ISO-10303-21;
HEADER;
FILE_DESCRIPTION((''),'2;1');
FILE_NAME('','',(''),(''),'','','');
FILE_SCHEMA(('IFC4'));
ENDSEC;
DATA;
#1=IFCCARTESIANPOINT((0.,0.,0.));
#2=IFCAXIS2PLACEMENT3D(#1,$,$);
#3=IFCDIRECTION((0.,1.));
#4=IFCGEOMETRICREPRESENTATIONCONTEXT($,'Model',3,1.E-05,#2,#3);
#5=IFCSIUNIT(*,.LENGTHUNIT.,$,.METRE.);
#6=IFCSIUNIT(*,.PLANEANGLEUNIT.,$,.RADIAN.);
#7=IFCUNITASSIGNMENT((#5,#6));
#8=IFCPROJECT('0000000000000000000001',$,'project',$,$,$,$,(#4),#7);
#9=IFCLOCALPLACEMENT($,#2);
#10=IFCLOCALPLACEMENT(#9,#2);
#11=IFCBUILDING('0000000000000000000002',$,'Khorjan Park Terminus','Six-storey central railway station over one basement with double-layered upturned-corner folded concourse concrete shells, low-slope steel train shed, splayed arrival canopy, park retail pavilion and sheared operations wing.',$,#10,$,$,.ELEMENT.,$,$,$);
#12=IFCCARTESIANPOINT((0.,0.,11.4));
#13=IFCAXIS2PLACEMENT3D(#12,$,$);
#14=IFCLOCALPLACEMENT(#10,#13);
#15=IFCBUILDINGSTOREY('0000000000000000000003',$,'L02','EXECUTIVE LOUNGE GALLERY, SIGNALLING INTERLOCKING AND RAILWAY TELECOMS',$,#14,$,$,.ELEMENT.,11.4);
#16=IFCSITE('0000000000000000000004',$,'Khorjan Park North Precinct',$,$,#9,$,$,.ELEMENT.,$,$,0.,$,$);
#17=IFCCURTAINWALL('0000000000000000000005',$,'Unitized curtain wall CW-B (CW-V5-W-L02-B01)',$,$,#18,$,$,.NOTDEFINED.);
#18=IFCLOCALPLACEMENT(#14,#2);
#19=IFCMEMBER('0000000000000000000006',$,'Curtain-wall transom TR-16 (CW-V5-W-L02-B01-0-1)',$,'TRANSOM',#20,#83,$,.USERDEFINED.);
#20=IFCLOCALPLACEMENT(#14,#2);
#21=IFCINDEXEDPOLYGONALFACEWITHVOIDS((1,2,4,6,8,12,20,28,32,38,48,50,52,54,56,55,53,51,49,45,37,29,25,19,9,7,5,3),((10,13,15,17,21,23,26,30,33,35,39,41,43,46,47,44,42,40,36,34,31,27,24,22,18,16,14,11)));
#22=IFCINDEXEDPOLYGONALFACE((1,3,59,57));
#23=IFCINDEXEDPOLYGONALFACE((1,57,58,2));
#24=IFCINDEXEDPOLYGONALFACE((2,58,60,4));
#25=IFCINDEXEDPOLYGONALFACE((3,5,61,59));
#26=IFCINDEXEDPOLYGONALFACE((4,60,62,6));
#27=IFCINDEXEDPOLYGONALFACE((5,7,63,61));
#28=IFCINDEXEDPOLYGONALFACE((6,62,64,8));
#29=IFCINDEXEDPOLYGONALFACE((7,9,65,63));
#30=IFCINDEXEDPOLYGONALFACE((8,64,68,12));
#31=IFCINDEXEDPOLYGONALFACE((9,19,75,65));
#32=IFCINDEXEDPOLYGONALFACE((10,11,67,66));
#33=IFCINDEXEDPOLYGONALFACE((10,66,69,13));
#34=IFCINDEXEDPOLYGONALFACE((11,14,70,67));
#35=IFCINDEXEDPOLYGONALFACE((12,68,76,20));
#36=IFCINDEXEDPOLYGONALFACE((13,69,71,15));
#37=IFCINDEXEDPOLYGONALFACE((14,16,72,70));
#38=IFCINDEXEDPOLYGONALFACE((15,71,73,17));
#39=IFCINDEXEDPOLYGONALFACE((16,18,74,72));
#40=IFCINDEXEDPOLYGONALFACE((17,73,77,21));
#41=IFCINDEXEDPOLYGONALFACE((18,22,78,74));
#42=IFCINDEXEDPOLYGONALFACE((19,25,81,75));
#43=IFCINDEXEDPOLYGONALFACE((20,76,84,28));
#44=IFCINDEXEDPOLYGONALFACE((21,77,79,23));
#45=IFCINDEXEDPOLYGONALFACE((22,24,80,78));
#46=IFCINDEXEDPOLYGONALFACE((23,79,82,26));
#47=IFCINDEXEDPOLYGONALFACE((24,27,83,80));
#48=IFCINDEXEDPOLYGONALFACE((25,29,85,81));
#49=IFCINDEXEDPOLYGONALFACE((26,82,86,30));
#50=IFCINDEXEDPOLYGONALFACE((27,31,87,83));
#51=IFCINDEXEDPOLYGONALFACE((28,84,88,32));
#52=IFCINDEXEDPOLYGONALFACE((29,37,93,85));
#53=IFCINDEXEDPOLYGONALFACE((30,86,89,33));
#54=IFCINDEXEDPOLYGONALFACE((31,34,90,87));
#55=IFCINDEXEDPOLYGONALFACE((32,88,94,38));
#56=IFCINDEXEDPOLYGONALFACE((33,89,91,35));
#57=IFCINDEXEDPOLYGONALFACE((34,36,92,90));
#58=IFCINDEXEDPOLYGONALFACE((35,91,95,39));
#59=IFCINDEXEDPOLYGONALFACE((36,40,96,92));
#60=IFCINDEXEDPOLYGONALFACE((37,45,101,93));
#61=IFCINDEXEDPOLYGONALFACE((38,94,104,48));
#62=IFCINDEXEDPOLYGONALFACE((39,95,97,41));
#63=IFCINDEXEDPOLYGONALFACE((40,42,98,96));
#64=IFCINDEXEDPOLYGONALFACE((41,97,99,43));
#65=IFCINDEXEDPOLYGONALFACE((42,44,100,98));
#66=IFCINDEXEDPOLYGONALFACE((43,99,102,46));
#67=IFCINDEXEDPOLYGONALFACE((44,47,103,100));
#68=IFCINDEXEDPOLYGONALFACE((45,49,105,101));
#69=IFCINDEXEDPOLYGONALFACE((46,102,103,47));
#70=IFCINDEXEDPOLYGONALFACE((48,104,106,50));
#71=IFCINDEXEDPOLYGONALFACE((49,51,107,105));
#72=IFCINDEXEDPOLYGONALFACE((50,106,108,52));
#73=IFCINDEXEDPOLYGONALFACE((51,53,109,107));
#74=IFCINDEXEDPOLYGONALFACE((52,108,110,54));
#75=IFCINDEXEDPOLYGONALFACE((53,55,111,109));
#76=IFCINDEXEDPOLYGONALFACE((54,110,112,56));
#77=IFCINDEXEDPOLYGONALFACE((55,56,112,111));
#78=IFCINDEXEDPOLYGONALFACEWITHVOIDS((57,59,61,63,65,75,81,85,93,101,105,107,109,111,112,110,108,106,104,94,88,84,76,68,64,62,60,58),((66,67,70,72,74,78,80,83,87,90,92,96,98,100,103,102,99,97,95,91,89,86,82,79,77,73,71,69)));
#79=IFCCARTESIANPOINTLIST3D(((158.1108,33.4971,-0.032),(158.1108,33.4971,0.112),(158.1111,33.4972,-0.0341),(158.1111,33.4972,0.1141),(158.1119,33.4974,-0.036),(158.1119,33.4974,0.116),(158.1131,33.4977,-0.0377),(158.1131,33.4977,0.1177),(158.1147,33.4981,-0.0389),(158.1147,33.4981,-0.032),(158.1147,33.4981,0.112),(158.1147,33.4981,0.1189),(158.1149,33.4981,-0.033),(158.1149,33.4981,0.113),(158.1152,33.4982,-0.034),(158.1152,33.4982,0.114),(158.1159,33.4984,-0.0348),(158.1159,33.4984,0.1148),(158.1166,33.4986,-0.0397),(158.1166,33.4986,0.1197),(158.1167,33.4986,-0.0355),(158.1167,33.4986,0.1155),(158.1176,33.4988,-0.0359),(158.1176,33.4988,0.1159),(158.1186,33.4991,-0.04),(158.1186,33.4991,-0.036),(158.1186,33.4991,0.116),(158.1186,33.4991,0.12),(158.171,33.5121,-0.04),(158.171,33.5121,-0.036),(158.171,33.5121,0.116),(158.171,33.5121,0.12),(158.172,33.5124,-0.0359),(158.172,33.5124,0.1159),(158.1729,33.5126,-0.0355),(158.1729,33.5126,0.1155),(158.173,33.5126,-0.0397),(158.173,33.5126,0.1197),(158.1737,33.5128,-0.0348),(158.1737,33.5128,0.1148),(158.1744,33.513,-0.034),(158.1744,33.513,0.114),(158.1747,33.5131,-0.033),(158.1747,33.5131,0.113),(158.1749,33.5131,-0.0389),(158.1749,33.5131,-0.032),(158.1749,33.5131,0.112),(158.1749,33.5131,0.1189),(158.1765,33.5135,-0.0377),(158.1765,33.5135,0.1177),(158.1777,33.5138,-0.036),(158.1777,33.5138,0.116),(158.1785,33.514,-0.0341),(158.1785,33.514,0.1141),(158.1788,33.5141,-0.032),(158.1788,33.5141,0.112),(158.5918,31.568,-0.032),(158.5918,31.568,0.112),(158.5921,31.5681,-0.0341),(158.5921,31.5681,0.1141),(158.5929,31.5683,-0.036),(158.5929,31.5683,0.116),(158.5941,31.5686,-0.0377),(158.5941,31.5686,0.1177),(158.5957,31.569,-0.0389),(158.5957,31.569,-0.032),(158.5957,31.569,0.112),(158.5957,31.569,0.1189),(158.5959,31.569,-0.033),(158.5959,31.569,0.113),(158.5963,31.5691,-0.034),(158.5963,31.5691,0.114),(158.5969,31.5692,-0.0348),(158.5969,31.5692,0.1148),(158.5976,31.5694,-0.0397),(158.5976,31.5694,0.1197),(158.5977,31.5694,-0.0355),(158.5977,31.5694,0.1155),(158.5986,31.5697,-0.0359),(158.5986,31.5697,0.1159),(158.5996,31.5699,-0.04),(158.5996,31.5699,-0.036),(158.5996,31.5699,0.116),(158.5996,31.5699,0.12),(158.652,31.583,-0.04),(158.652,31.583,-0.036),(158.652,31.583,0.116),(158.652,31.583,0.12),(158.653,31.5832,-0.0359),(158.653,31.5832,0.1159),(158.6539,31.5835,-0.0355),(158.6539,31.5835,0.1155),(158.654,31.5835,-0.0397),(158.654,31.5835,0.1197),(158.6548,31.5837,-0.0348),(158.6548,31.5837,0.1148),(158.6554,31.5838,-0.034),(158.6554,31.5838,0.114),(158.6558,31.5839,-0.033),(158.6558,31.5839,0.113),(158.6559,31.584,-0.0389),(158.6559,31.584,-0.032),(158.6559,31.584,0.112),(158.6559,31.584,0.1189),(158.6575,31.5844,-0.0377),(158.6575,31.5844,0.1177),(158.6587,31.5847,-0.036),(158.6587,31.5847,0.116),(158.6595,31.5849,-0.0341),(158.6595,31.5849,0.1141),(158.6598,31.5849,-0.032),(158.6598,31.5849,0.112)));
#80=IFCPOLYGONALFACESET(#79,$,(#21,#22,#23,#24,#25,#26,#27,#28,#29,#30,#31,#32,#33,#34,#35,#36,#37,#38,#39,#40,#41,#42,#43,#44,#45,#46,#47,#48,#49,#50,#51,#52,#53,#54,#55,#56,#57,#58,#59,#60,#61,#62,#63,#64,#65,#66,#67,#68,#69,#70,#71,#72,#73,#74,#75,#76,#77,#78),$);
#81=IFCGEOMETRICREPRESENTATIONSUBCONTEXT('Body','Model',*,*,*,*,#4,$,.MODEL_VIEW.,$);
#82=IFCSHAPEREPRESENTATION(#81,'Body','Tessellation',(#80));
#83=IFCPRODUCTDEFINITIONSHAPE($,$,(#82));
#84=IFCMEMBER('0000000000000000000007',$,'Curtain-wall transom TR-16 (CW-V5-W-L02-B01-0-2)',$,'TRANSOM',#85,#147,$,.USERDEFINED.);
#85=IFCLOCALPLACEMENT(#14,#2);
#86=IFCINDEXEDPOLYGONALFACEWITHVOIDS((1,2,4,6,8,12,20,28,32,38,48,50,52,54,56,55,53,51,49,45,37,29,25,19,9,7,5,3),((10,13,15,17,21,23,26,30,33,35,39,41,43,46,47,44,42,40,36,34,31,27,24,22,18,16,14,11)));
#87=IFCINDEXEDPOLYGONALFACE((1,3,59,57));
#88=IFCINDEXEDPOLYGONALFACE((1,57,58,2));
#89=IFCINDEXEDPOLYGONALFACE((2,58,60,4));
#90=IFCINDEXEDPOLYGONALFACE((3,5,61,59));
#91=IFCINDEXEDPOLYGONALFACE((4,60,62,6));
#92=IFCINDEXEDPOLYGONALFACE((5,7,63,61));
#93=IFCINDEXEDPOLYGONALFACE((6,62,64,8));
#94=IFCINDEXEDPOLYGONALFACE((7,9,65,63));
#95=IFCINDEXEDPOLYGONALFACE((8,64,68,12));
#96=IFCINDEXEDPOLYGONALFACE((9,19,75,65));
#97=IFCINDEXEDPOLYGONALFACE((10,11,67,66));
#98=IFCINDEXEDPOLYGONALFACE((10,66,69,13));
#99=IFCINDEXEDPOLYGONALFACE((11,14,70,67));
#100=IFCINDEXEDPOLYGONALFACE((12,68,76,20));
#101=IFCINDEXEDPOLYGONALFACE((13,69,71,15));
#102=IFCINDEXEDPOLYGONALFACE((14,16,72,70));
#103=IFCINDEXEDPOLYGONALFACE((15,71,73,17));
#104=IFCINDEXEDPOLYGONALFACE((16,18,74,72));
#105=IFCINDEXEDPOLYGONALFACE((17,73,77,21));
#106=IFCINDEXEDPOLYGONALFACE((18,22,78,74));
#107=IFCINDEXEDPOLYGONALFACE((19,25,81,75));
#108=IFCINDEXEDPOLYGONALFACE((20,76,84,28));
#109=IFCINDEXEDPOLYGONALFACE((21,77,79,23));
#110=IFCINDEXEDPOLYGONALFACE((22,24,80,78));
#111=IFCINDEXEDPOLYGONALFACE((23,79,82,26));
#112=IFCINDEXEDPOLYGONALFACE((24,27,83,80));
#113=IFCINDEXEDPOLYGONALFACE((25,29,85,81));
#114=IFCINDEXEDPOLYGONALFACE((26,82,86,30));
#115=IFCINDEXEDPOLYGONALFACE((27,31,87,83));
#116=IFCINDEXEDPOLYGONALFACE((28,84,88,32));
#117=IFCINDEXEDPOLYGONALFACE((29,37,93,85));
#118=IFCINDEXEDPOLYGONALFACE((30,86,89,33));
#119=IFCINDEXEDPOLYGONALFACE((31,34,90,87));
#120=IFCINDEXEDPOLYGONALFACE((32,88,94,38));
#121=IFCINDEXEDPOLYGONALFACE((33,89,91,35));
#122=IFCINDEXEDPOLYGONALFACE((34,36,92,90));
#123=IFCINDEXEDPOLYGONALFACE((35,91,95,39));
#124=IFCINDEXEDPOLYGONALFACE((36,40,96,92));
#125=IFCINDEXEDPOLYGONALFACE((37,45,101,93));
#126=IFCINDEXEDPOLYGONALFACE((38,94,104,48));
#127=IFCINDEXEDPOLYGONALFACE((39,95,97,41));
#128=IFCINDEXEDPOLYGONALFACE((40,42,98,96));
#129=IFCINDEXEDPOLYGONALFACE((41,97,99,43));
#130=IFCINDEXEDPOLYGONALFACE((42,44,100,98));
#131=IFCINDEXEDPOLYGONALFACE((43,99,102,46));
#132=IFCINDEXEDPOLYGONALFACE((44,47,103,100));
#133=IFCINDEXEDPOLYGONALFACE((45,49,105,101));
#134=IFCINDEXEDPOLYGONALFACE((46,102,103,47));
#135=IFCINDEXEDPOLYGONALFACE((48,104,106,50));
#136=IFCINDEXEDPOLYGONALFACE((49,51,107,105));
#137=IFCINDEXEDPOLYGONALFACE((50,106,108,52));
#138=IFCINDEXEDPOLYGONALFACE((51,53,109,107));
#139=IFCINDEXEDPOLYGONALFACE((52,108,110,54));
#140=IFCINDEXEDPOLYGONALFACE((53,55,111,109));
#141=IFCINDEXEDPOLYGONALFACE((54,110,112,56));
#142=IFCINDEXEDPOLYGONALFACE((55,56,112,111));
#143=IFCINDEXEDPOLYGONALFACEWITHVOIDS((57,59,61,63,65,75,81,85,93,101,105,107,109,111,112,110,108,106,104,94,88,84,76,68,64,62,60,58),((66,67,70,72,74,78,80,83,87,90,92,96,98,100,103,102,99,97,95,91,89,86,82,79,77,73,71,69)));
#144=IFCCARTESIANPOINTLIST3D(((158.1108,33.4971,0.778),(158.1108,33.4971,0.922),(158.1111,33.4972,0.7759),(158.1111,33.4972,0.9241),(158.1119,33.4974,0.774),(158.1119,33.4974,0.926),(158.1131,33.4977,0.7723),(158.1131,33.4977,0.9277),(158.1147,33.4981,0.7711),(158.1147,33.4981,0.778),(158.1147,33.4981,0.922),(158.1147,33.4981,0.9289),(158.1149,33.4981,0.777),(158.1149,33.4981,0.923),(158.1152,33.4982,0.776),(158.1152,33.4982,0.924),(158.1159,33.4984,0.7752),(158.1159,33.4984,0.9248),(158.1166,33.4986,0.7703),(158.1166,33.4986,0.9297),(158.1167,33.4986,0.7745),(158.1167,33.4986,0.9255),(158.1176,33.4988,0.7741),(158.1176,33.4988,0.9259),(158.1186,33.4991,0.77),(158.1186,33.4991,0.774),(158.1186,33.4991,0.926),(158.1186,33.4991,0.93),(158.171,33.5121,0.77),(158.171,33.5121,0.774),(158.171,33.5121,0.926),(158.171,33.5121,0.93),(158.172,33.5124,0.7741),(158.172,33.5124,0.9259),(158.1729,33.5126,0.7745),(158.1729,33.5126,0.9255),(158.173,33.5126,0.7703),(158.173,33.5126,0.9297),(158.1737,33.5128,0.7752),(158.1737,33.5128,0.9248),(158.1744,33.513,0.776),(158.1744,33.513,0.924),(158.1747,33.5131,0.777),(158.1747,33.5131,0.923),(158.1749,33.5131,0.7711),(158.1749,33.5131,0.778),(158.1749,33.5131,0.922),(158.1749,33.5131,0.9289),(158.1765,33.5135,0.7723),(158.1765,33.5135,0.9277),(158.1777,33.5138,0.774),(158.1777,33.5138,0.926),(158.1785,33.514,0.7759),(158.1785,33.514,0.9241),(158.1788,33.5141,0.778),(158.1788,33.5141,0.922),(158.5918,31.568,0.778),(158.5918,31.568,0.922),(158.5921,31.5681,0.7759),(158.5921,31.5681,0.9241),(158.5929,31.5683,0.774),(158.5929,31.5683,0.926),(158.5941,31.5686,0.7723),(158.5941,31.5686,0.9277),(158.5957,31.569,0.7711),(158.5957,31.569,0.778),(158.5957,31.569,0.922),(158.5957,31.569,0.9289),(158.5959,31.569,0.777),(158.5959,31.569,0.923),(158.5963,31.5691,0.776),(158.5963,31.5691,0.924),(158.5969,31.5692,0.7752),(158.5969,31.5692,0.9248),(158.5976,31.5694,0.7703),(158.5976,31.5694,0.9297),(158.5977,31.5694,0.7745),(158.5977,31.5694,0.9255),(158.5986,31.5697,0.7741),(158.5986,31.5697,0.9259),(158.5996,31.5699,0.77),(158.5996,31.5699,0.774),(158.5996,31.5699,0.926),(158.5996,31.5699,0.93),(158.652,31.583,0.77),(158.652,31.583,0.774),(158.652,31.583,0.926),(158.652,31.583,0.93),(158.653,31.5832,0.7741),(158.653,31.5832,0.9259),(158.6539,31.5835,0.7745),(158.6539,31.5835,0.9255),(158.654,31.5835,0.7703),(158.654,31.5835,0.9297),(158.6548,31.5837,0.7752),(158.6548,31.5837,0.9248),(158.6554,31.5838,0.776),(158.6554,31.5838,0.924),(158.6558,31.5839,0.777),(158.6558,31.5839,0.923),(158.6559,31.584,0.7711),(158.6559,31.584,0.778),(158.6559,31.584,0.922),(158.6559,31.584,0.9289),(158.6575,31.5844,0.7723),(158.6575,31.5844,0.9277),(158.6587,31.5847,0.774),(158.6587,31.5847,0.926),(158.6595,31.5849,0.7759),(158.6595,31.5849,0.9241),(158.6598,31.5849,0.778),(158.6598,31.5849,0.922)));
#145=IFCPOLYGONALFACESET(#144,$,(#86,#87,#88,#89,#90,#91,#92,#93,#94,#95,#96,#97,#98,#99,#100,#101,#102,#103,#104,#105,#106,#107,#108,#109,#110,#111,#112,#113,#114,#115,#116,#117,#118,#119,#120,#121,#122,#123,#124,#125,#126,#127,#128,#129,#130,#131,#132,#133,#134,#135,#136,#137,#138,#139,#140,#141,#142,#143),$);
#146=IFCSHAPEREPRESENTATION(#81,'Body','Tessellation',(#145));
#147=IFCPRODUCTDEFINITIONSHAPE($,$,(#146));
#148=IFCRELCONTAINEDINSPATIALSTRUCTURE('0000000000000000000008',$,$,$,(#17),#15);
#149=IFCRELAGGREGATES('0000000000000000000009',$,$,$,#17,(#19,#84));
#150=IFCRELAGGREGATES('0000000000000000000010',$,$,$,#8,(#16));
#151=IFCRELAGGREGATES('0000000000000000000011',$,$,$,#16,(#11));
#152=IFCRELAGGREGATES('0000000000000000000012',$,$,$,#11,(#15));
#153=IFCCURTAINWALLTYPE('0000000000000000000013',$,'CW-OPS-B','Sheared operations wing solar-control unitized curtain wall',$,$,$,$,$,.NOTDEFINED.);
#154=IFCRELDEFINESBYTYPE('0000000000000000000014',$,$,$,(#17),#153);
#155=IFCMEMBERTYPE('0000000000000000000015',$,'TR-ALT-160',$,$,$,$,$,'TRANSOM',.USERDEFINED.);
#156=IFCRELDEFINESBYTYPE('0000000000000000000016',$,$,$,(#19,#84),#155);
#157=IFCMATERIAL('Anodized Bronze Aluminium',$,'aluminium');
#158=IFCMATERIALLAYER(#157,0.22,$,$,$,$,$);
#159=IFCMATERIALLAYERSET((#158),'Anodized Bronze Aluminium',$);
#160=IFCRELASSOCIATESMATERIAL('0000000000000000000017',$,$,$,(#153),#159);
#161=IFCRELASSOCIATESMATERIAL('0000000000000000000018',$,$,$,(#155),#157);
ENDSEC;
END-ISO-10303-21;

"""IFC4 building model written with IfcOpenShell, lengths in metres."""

from ifc_helpers import new_model, si_unit, direction, frame, origin, origin_2d, place, context, subcontext, project, spatial, hollow_rectangle, extrude, material, layer, layer_set, material_profile, profile_set, type_object, element, aggregate, save


model = new_model("IFC4")

# Units and contexts
model_context = context("Model", 3, precision=1e-05, world=origin(), true_north=direction((0.0, 1.0)))
body_context = subcontext(model_context, "Body", "Model", "MODEL_VIEW")
ifc_project = project(units=[si_unit("LENGTHUNIT", "METRE"), si_unit("PLANEANGLEUNIT", "RADIAN")], contexts=[model_context])

# Site, building, storey
site_placement = place(None, origin())
site = spatial("IfcSite", under=ifc_project, at=site_placement, Name="Khorjan Park North Precinct", CompositionType="ELEMENT", RefElevation=0.0)
building_placement = place(site_placement, origin())
building = spatial("IfcBuilding", under=site, at=building_placement, Name="Khorjan Park Terminus", Description="Six-storey central railway station over one basement with double-layered upturned-corner folded concourse concrete shells, low-slope steel train shed, splayed arrival canopy, park retail pavilion and sheared operations wing.", CompositionType="ELEMENT")
storey_placement = place(building_placement, frame((0.0, 0.0, 11.4)))
storey = spatial("IfcBuildingStorey", under=building, at=storey_placement, Name="L02", Description="EXECUTIVE LOUNGE GALLERY, SIGNALLING INTERLOCKING AND RAILWAY TELECOMS", CompositionType="ELEMENT", Elevation=11.4)

# Curtain wall
ifc_material_1 = material(Name="Anodized Bronze Aluminium", Category="aluminium")
ifc_layer_1 = layer(ifc_material_1, 0.22)
ifc_layer_set_1 = layer_set([ifc_layer_1], Name="Anodized Bronze Aluminium")
curtain_wall_type = type_object("IfcCurtainWallType", Name="CW-OPS-B", Description="Sheared operations wing solar-control unitized curtain wall", PredefinedType="NOTDEFINED", material=ifc_layer_set_1)
curtain_wall_placement = place(storey_placement, origin())
curtain_wall = element("IfcCurtainWall", 1, at=curtain_wall_placement, inside=storey, type_object=curtain_wall_type, Name="Unitized curtain wall CW-B (CW-V5-W-L02-B01)", PredefinedType="NOTDEFINED")

# Members
ifc_material_profile_1 = material_profile(ifc_material_1, hollow_rectangle(XDim=0.07, YDim=0.16, WallThickness=0.004, InnerFilletRadius=0.004, OuterFilletRadius=0.008, at=origin_2d()), Name="ALT 70x160x4")
ifc_profile_set_1 = profile_set([ifc_material_profile_1], Name="Anodized Bronze Aluminium")
member_type_1 = type_object("IfcMemberType", Name="TR-ALT-160", ElementType="TRANSOM", PredefinedType="USERDEFINED", material=ifc_profile_set_1)
member_1_placement = place(storey_placement, frame((158.1448, 33.5056, 0.04), z_axis=(0.241932, -0.970293, 0.0), x_axis=(0.970293, 0.241932, 0.0)))
member_1 = element("IfcMember", 2, at=member_1_placement, type_object=member_type_1, Name="Curtain-wall transom TR-16 (CW-V5-W-L02-B01-0-1)", ObjectType="TRANSOM", PredefinedType="USERDEFINED", context=body_context, shape_type="SweptSolid", body=[
    extrude(hollow_rectangle(XDim=0.07, YDim=0.16, WallThickness=0.004, InnerFilletRadius=0.004, OuterFilletRadius=0.008, at=origin_2d()), origin(), (0.0, 0.0, 1.0), 1.9882),
])
member_2_placement = place(storey_placement, frame((158.1448, 33.5056, 0.85), z_axis=(0.241932, -0.970293, 0.0), x_axis=(0.970293, 0.241932, 0.0)))
member_2 = element("IfcMember", 3, at=member_2_placement, type_object=member_type_1, Name="Curtain-wall transom TR-16 (CW-V5-W-L02-B01-0-2)", ObjectType="TRANSOM", PredefinedType="USERDEFINED", context=body_context, shape_type="SweptSolid", body=[
    extrude(hollow_rectangle(XDim=0.07, YDim=0.16, WallThickness=0.004, InnerFilletRadius=0.004, OuterFilletRadius=0.008, at=origin_2d()), origin(), (0.0, 0.0, 1.0), 1.9882),
])

aggregate(curtain_wall, [member_1, member_2])

save(model, "model.ifc")
